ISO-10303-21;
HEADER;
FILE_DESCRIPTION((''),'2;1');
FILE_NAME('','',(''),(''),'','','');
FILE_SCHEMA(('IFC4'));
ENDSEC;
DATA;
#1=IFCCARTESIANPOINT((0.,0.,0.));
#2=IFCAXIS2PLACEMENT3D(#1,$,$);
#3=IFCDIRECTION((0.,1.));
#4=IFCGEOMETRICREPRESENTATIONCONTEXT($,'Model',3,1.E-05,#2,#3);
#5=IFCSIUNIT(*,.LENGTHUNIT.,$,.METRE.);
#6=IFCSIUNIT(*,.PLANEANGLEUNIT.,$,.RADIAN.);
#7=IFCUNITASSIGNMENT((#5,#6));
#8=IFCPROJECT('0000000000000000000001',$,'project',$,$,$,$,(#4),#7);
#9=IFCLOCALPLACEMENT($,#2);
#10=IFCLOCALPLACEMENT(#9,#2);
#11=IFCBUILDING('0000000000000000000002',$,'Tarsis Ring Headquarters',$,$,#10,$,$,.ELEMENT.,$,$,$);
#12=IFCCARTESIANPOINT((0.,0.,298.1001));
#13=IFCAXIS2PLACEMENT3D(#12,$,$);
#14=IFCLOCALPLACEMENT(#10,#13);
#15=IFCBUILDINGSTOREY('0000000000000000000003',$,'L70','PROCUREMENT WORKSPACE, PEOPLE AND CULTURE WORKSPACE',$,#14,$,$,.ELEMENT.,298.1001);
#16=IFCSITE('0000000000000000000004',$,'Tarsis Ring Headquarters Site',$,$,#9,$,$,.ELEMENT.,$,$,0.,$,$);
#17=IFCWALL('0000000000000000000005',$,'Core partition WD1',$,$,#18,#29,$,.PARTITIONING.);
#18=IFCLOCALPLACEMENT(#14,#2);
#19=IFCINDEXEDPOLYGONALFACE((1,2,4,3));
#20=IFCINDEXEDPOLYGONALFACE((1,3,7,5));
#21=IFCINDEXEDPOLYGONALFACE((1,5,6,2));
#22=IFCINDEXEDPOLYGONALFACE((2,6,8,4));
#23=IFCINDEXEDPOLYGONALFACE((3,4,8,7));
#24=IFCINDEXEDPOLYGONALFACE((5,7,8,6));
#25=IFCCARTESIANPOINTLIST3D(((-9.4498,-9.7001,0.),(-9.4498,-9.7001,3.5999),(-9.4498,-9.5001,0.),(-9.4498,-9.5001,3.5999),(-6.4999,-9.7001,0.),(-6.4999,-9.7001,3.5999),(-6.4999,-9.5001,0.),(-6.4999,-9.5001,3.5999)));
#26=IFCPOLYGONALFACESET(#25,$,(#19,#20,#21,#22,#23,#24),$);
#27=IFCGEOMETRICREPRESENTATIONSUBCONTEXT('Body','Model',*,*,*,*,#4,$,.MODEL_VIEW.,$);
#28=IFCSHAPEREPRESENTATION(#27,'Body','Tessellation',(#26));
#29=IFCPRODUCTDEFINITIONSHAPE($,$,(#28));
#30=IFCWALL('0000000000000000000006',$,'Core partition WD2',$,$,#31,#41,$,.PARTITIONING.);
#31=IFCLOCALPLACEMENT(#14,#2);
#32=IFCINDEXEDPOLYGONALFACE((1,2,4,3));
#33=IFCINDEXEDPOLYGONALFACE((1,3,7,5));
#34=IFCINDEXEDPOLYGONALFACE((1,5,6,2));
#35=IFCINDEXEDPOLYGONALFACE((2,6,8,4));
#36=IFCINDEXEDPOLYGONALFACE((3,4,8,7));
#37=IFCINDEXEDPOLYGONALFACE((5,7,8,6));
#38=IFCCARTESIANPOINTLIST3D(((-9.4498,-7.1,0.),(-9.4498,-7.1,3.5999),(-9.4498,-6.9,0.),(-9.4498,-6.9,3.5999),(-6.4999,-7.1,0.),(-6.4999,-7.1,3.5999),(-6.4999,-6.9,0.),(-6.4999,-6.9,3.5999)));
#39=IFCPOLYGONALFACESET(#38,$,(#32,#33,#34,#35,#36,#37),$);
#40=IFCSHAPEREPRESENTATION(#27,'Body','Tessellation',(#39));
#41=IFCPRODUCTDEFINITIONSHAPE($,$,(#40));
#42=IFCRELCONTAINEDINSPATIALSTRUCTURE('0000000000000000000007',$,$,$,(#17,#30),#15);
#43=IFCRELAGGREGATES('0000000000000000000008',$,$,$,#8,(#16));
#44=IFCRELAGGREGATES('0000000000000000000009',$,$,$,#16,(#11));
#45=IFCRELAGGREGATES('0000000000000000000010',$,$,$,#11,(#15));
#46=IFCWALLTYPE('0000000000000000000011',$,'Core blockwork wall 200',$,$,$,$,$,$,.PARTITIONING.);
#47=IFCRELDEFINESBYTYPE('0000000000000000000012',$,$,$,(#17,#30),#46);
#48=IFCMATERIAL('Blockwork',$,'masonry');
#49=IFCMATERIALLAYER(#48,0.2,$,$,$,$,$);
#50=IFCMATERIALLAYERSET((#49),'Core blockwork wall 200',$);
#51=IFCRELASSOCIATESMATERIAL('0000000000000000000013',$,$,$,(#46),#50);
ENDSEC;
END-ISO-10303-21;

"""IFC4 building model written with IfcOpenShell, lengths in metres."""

from ifc_helpers import new_model, si_unit, direction, frame, frame_2d, origin, place, context, subcontext, project, spatial, rectangle, extrude, material, layer, layer_set, type_object, element, save


model = new_model("IFC4")

# Units and contexts
model_context = context("Model", 3, precision=1e-05, world=origin(), true_north=direction((0.0, 1.0)))
body_context = subcontext(model_context, "Body", "Model", "MODEL_VIEW")
ifc_project = project(units=[si_unit("LENGTHUNIT", "METRE"), si_unit("PLANEANGLEUNIT", "RADIAN")], contexts=[model_context])

# Site, building, storey
site_placement = place(None, origin())
site = spatial("IfcSite", under=ifc_project, at=site_placement, Name="Tarsis Ring Headquarters Site", CompositionType="ELEMENT", RefElevation=0.0)
building_placement = place(site_placement, origin())
building = spatial("IfcBuilding", under=site, at=building_placement, Name="Tarsis Ring Headquarters", CompositionType="ELEMENT")
storey_placement = place(building_placement, frame((0.0, 0.0, 298.1001)))
storey = spatial("IfcBuildingStorey", under=building, at=storey_placement, Name="L70", Description="PROCUREMENT WORKSPACE, PEOPLE AND CULTURE WORKSPACE", CompositionType="ELEMENT", Elevation=298.1001)

# Walls
ifc_material_1 = material(Name="Blockwork", Category="masonry")
ifc_layer_1 = layer(ifc_material_1, 0.2)
ifc_layer_set_1 = layer_set([ifc_layer_1], Name="Core blockwork wall 200")
wall_type_1 = type_object("IfcWallType", Name="Core blockwork wall 200", PredefinedType="PARTITIONING", material=ifc_layer_set_1)
for number, where, z_axis, x_axis, name in (
    (1, (-9.45, -9.6001, 0.0), (0.0, 0.0, 1.0), (1.0, 0.0, 0.0), "Core partition WD1"),
    (2, (-9.45, -7.0, 0.0), (0.0, 0.0, 1.0), (1.0, 0.0, 0.0), "Core partition WD2"),
):
    element("IfcWall", number, at=place(storey_placement, frame(where, z_axis=z_axis, x_axis=x_axis)), inside=storey, type_object=wall_type_1, Name=name, PredefinedType="PARTITIONING", context=body_context, shape_type="SweptSolid", body=[
        extrude(rectangle(XDim=2.95, YDim=0.2, at=frame_2d((1.4751, 0.0))), origin(), (0.0, 0.0, 1.0), 3.5999),
    ])

save(model, "model.ifc")
